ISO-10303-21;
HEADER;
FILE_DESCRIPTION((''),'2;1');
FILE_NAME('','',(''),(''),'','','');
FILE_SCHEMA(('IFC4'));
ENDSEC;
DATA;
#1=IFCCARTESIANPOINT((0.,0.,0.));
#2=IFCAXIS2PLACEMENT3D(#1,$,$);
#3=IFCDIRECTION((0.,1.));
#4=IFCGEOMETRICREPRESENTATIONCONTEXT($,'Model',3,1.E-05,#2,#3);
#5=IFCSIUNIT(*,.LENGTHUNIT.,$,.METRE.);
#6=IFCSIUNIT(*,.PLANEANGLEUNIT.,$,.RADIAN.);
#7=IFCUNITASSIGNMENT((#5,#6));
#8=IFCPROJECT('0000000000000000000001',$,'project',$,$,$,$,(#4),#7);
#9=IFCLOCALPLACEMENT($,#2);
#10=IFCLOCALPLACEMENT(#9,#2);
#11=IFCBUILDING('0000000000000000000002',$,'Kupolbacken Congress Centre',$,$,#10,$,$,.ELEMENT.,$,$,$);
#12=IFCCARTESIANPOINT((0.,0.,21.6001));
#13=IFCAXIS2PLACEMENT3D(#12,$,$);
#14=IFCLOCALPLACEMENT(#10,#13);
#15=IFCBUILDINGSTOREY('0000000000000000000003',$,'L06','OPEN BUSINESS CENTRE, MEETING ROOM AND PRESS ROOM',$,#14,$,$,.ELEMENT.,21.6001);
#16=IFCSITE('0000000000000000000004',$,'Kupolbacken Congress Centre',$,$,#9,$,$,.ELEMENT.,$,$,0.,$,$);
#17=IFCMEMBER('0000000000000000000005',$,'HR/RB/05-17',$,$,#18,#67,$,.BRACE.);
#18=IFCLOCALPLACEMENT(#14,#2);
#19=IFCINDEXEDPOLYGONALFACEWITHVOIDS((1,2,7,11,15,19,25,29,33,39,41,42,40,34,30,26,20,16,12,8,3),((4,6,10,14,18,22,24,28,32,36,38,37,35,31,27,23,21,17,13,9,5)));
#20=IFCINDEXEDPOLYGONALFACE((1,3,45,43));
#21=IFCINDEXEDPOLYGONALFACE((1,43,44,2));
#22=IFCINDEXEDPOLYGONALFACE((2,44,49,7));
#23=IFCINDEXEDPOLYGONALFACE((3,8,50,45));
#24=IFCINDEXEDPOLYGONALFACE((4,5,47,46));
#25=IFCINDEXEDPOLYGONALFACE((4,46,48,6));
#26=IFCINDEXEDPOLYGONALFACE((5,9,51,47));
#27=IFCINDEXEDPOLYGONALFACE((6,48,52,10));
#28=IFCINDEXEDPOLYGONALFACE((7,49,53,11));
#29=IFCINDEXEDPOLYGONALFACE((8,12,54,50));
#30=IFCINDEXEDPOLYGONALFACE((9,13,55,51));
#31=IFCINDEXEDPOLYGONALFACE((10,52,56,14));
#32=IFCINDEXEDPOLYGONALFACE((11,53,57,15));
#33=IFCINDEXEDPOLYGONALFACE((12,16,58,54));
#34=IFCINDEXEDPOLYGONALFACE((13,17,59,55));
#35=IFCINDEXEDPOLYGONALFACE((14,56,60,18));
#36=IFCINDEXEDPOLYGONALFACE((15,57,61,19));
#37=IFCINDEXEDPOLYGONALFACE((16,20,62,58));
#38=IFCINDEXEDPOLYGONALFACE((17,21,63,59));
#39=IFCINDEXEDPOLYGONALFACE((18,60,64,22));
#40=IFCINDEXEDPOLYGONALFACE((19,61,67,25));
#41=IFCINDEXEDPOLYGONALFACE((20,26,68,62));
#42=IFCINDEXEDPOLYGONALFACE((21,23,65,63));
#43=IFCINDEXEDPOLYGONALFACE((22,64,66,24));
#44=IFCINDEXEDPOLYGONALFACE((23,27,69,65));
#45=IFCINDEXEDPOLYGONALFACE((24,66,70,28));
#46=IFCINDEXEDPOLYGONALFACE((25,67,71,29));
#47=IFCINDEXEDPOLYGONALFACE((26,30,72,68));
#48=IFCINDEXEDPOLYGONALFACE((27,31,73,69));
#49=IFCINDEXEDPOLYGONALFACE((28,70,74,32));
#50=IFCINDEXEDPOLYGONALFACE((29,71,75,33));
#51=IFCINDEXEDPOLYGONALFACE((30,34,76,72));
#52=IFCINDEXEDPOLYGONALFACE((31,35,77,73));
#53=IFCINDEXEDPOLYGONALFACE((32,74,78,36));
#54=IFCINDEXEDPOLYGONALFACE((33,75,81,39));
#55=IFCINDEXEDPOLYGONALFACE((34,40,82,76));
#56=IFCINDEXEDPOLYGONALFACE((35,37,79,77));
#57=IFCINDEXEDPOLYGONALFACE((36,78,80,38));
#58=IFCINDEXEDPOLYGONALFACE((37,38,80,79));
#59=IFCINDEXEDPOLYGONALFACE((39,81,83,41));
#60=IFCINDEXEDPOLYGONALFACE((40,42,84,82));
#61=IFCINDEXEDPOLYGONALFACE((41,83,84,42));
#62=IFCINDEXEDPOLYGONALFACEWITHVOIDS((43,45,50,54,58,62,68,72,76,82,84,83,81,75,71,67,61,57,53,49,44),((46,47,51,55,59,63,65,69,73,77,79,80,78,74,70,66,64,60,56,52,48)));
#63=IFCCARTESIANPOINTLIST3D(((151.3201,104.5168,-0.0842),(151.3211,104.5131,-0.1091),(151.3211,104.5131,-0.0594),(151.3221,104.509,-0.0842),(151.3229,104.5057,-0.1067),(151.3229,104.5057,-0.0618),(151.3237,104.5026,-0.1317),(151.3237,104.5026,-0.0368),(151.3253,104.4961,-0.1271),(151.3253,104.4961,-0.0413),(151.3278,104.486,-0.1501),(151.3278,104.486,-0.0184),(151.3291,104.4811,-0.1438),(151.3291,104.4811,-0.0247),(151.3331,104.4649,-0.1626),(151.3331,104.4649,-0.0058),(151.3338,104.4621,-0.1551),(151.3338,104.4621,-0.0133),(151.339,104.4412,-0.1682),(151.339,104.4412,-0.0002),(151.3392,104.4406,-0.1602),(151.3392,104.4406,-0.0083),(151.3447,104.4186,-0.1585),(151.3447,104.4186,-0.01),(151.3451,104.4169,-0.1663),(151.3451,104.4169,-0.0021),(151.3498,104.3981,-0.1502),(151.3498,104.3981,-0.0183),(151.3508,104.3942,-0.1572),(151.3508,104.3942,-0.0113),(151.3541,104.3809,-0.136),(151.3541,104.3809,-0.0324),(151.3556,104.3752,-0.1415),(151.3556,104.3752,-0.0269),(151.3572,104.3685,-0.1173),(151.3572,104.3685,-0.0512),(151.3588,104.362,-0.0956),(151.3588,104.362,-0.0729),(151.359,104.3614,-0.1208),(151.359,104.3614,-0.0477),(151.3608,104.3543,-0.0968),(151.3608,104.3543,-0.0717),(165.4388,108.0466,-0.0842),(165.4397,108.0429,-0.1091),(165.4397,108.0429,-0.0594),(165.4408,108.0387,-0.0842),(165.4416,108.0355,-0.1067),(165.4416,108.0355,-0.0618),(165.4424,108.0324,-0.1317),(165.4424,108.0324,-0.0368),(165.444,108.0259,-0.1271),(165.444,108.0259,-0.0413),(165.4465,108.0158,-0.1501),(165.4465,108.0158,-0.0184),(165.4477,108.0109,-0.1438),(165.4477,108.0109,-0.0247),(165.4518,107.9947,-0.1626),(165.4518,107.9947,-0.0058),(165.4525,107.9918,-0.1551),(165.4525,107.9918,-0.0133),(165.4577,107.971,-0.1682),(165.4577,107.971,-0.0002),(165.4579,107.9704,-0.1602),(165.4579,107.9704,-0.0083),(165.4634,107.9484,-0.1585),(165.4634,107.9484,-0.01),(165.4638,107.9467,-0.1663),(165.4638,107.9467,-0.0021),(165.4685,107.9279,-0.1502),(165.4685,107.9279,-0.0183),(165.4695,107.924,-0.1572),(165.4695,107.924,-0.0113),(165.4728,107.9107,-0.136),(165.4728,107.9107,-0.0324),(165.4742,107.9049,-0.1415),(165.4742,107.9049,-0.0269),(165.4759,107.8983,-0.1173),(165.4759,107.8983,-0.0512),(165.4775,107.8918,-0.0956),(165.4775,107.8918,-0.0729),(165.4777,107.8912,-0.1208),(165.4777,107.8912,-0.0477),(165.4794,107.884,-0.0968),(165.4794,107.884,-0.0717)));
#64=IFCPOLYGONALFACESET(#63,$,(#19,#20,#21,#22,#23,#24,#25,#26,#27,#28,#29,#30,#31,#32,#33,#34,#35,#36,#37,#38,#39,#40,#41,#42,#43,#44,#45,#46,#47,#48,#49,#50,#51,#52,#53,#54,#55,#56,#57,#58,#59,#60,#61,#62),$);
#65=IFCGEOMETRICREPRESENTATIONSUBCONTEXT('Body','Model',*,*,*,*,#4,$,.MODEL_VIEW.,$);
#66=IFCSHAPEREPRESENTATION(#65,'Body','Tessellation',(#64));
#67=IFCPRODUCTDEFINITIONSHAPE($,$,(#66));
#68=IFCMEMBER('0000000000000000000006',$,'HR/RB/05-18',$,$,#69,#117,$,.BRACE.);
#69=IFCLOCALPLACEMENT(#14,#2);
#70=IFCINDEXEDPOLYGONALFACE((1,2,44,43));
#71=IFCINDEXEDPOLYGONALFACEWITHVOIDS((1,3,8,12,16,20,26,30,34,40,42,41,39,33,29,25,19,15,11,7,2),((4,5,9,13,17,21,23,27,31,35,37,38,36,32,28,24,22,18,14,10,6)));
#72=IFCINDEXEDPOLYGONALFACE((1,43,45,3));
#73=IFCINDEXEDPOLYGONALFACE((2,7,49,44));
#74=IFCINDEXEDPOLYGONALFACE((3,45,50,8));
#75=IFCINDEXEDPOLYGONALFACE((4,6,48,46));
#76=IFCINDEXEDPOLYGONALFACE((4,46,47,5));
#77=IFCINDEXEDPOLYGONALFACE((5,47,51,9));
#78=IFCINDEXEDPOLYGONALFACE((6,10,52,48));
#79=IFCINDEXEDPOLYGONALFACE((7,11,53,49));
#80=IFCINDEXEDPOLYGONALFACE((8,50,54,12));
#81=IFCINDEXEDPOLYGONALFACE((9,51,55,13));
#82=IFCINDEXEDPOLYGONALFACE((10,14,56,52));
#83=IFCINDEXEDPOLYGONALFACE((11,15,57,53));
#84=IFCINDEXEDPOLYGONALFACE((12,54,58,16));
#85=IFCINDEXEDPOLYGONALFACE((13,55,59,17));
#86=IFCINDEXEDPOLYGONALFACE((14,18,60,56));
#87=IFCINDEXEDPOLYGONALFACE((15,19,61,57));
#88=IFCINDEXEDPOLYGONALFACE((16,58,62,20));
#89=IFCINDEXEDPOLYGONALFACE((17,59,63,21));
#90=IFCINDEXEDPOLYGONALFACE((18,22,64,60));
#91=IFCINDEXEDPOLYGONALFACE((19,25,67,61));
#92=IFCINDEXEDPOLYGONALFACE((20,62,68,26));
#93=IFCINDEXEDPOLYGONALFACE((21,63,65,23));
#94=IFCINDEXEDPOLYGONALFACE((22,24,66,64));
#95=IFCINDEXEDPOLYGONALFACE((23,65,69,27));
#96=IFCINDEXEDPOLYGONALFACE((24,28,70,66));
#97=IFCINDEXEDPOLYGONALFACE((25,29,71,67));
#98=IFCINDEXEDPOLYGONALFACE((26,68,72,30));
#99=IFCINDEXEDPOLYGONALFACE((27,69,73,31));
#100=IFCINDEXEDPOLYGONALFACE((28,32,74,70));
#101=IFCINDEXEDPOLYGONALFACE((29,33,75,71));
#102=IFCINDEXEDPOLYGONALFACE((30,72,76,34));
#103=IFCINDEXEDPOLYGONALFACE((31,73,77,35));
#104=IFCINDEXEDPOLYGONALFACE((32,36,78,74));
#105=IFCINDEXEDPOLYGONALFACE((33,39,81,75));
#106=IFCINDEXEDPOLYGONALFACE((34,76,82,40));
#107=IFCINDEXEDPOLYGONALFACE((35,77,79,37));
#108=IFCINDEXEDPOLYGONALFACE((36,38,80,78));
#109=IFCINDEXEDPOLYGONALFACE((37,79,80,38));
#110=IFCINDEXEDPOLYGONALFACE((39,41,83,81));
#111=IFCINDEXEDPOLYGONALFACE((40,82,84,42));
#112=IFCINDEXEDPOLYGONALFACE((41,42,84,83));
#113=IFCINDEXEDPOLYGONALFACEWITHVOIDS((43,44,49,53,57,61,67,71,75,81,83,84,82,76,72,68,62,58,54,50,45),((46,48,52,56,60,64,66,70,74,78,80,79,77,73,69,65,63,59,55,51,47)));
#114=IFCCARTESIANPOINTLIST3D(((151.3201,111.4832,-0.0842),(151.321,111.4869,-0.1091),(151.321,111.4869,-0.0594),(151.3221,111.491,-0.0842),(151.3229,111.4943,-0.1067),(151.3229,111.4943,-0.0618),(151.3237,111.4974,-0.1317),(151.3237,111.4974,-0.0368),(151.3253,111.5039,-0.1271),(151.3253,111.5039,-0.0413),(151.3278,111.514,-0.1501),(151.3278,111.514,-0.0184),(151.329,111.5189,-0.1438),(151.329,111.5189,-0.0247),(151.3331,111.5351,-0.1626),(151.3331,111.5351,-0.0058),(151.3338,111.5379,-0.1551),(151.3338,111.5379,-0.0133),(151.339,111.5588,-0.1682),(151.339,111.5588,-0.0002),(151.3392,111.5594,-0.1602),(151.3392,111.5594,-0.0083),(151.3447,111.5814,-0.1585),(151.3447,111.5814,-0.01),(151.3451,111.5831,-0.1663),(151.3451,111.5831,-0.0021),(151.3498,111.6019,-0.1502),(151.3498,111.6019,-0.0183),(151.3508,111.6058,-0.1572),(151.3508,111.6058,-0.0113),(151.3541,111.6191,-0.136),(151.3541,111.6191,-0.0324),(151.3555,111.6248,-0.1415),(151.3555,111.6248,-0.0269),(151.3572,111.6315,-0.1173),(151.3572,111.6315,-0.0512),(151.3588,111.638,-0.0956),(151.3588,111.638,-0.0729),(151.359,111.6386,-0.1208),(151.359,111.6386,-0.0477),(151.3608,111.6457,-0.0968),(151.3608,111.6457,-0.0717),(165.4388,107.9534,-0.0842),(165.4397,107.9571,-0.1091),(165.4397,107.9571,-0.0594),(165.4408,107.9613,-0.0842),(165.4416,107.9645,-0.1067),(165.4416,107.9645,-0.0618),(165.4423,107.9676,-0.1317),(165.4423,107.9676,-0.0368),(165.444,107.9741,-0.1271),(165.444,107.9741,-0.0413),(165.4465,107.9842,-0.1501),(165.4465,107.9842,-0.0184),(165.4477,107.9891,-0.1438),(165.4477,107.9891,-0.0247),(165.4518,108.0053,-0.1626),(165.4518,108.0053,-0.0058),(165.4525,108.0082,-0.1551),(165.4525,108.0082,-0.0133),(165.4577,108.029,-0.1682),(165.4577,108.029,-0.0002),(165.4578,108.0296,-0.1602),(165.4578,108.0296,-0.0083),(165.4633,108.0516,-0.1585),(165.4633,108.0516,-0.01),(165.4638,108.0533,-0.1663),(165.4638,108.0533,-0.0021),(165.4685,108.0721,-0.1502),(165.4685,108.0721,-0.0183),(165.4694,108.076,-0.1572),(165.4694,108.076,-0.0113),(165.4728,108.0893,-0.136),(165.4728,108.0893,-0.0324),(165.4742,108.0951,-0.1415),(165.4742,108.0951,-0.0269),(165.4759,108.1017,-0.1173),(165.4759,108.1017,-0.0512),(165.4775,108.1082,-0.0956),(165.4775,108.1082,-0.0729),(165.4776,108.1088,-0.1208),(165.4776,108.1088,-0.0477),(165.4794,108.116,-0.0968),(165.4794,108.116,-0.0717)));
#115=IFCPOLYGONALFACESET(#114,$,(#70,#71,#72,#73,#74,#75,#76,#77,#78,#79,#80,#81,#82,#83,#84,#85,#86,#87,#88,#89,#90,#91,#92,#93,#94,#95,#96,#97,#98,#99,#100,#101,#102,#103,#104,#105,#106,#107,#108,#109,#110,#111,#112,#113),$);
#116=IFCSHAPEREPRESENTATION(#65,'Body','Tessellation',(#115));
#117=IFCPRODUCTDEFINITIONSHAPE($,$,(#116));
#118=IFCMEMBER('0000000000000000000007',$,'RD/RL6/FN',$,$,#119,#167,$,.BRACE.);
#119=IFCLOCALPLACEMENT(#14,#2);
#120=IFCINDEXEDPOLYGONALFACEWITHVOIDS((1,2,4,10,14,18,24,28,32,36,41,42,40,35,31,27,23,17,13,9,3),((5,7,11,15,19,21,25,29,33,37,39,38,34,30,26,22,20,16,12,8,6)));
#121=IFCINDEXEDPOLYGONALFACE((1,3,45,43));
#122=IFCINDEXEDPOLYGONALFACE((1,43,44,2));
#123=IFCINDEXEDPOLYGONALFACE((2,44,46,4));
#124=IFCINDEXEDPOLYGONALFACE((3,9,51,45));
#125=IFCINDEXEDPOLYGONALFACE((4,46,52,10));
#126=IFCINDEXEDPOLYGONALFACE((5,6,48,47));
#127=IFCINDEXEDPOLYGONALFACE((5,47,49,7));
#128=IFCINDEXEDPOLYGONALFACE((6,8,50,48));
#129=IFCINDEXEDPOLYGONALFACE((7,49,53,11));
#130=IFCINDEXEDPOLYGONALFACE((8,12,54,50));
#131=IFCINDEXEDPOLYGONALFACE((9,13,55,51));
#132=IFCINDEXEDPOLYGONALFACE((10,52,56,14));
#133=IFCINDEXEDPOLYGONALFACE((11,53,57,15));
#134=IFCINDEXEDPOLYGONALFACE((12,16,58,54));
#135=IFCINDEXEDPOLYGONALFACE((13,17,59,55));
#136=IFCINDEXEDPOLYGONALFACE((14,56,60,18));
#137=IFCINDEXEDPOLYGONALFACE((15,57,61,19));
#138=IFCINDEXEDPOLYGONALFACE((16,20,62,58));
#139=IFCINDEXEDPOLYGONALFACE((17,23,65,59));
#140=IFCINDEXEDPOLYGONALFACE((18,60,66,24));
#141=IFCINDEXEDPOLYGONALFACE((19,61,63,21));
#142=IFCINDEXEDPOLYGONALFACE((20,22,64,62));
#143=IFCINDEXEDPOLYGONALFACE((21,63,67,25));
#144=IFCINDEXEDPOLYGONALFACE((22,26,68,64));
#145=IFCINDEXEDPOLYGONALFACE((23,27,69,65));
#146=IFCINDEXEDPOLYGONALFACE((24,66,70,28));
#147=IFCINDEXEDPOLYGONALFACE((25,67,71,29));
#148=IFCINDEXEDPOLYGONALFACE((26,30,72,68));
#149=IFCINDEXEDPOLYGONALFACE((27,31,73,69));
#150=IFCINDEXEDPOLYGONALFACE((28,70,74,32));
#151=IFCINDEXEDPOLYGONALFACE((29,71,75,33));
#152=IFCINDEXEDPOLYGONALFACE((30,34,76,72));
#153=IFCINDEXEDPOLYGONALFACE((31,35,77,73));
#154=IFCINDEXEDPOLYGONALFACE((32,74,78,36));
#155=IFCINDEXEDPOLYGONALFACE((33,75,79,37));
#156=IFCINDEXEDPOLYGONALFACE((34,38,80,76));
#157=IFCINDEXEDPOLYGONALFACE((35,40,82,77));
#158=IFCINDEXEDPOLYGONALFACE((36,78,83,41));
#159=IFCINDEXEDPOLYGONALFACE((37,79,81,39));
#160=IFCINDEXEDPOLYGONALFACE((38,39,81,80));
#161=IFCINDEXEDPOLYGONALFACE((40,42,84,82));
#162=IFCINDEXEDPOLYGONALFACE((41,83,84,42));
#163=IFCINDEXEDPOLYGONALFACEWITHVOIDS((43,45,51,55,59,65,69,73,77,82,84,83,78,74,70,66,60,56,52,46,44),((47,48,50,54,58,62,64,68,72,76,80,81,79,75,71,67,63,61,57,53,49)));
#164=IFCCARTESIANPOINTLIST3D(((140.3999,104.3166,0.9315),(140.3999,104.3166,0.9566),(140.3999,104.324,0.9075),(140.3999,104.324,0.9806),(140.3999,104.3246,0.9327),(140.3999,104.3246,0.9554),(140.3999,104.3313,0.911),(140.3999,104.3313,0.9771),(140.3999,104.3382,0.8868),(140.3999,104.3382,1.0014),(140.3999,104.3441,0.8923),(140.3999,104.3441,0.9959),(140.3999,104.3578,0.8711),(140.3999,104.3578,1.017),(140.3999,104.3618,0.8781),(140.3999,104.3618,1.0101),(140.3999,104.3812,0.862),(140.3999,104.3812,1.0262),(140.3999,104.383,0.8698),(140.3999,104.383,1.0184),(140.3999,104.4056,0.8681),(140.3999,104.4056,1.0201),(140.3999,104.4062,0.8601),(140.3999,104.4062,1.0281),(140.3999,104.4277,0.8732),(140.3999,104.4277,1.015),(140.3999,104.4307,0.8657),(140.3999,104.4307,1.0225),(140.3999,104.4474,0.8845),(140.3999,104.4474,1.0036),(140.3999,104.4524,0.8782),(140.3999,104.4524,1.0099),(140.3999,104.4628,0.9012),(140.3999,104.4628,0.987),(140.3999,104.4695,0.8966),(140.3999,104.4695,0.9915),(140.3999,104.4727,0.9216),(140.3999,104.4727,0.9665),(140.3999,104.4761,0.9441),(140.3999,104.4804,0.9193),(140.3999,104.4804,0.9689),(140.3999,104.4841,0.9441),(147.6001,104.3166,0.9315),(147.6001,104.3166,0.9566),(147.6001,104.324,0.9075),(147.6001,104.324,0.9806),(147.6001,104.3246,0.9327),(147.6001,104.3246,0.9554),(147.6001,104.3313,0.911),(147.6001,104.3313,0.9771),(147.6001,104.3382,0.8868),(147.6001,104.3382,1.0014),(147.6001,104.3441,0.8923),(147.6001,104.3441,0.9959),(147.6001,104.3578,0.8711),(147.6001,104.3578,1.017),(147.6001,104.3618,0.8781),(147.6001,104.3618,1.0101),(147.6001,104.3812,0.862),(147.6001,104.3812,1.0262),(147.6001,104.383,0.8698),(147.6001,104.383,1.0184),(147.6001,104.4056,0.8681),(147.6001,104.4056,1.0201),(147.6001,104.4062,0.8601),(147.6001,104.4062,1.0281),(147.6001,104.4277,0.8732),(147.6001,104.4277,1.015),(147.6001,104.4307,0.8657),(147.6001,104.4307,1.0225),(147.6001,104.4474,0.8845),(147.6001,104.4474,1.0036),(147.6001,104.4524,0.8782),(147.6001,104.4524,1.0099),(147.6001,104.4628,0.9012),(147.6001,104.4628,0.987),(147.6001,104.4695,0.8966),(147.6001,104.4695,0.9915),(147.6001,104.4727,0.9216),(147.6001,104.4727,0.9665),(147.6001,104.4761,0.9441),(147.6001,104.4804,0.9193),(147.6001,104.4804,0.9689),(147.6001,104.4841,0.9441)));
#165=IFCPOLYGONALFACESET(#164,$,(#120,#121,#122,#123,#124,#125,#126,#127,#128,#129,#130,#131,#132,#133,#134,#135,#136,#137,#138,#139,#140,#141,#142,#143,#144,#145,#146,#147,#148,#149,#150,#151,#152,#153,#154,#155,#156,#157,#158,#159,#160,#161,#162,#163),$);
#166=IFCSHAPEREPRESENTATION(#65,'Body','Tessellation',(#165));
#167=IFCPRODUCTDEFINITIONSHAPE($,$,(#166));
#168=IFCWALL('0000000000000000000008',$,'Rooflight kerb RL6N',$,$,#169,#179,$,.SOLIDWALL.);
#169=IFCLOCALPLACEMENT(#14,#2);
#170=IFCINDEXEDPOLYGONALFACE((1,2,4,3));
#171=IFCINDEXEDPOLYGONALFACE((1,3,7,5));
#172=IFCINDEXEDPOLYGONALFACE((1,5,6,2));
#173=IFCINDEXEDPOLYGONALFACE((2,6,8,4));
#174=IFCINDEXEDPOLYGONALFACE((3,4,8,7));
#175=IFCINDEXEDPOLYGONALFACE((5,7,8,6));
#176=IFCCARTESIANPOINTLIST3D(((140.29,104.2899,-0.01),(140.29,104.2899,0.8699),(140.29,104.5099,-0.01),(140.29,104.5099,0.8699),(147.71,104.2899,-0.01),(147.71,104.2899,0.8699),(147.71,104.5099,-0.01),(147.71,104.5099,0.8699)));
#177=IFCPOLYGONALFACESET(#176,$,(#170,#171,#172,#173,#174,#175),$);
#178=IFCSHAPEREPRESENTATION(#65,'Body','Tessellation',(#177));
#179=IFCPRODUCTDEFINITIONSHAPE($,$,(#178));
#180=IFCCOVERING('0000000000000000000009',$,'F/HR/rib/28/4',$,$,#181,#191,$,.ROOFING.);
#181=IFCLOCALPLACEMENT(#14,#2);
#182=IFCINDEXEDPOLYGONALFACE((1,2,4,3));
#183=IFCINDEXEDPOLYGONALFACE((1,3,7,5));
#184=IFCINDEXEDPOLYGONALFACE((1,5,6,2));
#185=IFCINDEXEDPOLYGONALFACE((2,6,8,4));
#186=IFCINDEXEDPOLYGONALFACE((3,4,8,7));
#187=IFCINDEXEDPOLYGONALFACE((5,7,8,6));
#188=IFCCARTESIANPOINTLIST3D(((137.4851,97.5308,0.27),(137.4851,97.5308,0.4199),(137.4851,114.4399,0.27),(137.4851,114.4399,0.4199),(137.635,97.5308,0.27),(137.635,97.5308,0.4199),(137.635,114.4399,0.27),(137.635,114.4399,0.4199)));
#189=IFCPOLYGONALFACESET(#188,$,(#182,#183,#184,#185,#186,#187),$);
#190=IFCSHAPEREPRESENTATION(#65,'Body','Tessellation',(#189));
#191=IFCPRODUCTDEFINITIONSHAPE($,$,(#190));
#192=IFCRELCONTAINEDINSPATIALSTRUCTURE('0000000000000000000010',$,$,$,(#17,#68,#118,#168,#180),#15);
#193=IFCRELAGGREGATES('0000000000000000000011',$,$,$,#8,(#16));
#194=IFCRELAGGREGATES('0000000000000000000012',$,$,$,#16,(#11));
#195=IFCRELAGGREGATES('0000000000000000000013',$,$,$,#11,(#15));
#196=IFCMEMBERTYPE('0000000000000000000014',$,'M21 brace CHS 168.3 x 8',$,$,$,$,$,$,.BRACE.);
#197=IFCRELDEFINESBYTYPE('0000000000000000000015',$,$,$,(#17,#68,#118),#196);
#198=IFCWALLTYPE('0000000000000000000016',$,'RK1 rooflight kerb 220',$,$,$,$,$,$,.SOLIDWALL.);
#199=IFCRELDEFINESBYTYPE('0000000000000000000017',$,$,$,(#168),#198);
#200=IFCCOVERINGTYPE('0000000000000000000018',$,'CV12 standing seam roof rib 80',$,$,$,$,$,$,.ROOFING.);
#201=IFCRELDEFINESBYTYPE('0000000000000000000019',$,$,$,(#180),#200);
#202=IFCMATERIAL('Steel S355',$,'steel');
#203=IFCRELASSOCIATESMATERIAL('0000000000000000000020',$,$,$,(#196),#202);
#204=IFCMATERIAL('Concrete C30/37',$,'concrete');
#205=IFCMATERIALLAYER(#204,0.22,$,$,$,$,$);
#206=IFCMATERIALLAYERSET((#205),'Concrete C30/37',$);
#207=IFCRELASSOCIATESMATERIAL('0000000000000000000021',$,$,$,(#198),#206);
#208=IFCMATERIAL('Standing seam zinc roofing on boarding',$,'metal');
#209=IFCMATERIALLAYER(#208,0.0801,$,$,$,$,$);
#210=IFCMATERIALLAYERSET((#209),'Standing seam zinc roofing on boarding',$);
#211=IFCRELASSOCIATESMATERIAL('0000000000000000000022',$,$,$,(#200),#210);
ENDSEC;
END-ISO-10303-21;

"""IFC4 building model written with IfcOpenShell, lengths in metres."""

from ifc_helpers import new_model, si_unit, direction, frame, frame_2d, origin, origin_2d, place, context, subcontext, project, spatial, rectangle, hollow_circle, extrude, material, layer, layer_set, material_profile, profile_set, type_object, element, save


model = new_model("IFC4")

# Units and contexts
model_context = context("Model", 3, precision=1e-05, world=origin(), true_north=direction((0.0, 1.0)))
body_context = subcontext(model_context, "Body", "Model", "MODEL_VIEW")
ifc_project = project(units=[si_unit("LENGTHUNIT", "METRE"), si_unit("PLANEANGLEUNIT", "RADIAN")], contexts=[model_context])

# Site, building, storey
site_placement = place(None, origin())
site = spatial("IfcSite", under=ifc_project, at=site_placement, Name="Kupolbacken Congress Centre", CompositionType="ELEMENT", RefElevation=0.0)
building_placement = place(site_placement, origin())
building = spatial("IfcBuilding", under=site, at=building_placement, Name="Kupolbacken Congress Centre", CompositionType="ELEMENT")
storey_placement = place(building_placement, frame((0.0, 0.0, 21.6001)))
storey = spatial("IfcBuildingStorey", under=building, at=storey_placement, Name="L06", Description="OPEN BUSINESS CENTRE, MEETING ROOM AND PRESS ROOM", CompositionType="ELEMENT", Elevation=21.6001)

# Members
ifc_material_1 = material(Name="Steel S355", Category="steel")
ifc_material_profile_1 = material_profile(ifc_material_1, hollow_circle(Radius=0.0842, WallThickness=0.0081, at=origin_2d()), Name="CHS 168.3 x 8")
ifc_profile_set_1 = profile_set([ifc_material_profile_1], Name="Steel S355")
member_type = type_object("IfcMemberType", Name="M21 brace CHS 168.3 x 8", PredefinedType="BRACE", material=ifc_profile_set_1)
for number, where, z_axis, x_axis, name in (
    (1, (151.3406, 104.4351, -0.0842), (0.970141, 0.242544, 0.0), (-0.242544, 0.970141, 0.0), "HR/RB/05-17"),
    (2, (165.4592, 108.0352, -0.0842), (-0.970141, 0.242544, 0.0), (-0.242544, -0.970141, 0.0), "HR/RB/05-18"),
):
    element("IfcMember", number, at=place(storey_placement, frame(where, z_axis=z_axis, x_axis=x_axis)), inside=storey, type_object=member_type, Name=name, PredefinedType="BRACE", context=body_context, shape_type="SweptSolid", body=[
        extrude(hollow_circle(Radius=0.0842, WallThickness=0.0081, at=origin_2d()), origin(), (0.0, 0.0, 1.0), 14.5532),
    ])
member_placement = place(storey_placement, frame((140.3999, 104.3999, 0.9441), z_axis=(1.0, 0.0, 0.0), x_axis=(0.0, 1.0, 0.0)))
element("IfcMember", 3, at=member_placement, inside=storey, type_object=member_type, Name="RD/RL6/FN", PredefinedType="BRACE", context=body_context, shape_type="SweptSolid", body=[
    extrude(hollow_circle(Radius=0.0842, WallThickness=0.0081, at=origin_2d()), origin(), (0.0, 0.0, 1.0), 7.2002),
])

# Wall
ifc_material_2 = material(Name="Concrete C30/37", Category="concrete")
ifc_layer_1 = layer(ifc_material_2, 0.22)
ifc_layer_set_1 = layer_set([ifc_layer_1], Name="Concrete C30/37")
wall_type = type_object("IfcWallType", Name="RK1 rooflight kerb 220", PredefinedType="SOLIDWALL", material=ifc_layer_set_1)
wall_placement = place(storey_placement, frame((140.29, 104.3999, -0.01), z_axis=(0.0, 0.0, 1.0), x_axis=(1.0, 0.0, 0.0)))
element("IfcWall", 4, at=wall_placement, inside=storey, type_object=wall_type, Name="Rooflight kerb RL6N", PredefinedType="SOLIDWALL", context=body_context, shape_type="SweptSolid", body=[
    extrude(rectangle(XDim=7.4199, YDim=0.22, at=frame_2d((3.71, 0.0))), origin(), (0.0, 0.0, 1.0), 0.8799),
])

# Covering
ifc_material_3 = material(Name="Standing seam zinc roofing on boarding", Category="metal")
ifc_layer_2 = layer(ifc_material_3, 0.0801)
ifc_layer_set_2 = layer_set([ifc_layer_2], Name="Standing seam zinc roofing on boarding")
covering_type = type_object("IfcCoveringType", Name="CV12 standing seam roof rib 80", PredefinedType="ROOFING", material=ifc_layer_set_2)
covering_placement = place(storey_placement, frame((137.5601, 105.9854, 0.27), z_axis=(0.0, 0.0, 1.0), x_axis=(0.0, 1.0, 0.0)))
element("IfcCovering", 5, at=covering_placement, inside=storey, type_object=covering_type, Name="F/HR/rib/28/4", PredefinedType="ROOFING", context=body_context, shape_type="SweptSolid", body=[
    extrude(rectangle(XDim=16.9092, YDim=0.1499, at=origin_2d()), origin(), (0.0, 0.0, 1.0), 0.1499),
])

save(model, "model.ifc")
